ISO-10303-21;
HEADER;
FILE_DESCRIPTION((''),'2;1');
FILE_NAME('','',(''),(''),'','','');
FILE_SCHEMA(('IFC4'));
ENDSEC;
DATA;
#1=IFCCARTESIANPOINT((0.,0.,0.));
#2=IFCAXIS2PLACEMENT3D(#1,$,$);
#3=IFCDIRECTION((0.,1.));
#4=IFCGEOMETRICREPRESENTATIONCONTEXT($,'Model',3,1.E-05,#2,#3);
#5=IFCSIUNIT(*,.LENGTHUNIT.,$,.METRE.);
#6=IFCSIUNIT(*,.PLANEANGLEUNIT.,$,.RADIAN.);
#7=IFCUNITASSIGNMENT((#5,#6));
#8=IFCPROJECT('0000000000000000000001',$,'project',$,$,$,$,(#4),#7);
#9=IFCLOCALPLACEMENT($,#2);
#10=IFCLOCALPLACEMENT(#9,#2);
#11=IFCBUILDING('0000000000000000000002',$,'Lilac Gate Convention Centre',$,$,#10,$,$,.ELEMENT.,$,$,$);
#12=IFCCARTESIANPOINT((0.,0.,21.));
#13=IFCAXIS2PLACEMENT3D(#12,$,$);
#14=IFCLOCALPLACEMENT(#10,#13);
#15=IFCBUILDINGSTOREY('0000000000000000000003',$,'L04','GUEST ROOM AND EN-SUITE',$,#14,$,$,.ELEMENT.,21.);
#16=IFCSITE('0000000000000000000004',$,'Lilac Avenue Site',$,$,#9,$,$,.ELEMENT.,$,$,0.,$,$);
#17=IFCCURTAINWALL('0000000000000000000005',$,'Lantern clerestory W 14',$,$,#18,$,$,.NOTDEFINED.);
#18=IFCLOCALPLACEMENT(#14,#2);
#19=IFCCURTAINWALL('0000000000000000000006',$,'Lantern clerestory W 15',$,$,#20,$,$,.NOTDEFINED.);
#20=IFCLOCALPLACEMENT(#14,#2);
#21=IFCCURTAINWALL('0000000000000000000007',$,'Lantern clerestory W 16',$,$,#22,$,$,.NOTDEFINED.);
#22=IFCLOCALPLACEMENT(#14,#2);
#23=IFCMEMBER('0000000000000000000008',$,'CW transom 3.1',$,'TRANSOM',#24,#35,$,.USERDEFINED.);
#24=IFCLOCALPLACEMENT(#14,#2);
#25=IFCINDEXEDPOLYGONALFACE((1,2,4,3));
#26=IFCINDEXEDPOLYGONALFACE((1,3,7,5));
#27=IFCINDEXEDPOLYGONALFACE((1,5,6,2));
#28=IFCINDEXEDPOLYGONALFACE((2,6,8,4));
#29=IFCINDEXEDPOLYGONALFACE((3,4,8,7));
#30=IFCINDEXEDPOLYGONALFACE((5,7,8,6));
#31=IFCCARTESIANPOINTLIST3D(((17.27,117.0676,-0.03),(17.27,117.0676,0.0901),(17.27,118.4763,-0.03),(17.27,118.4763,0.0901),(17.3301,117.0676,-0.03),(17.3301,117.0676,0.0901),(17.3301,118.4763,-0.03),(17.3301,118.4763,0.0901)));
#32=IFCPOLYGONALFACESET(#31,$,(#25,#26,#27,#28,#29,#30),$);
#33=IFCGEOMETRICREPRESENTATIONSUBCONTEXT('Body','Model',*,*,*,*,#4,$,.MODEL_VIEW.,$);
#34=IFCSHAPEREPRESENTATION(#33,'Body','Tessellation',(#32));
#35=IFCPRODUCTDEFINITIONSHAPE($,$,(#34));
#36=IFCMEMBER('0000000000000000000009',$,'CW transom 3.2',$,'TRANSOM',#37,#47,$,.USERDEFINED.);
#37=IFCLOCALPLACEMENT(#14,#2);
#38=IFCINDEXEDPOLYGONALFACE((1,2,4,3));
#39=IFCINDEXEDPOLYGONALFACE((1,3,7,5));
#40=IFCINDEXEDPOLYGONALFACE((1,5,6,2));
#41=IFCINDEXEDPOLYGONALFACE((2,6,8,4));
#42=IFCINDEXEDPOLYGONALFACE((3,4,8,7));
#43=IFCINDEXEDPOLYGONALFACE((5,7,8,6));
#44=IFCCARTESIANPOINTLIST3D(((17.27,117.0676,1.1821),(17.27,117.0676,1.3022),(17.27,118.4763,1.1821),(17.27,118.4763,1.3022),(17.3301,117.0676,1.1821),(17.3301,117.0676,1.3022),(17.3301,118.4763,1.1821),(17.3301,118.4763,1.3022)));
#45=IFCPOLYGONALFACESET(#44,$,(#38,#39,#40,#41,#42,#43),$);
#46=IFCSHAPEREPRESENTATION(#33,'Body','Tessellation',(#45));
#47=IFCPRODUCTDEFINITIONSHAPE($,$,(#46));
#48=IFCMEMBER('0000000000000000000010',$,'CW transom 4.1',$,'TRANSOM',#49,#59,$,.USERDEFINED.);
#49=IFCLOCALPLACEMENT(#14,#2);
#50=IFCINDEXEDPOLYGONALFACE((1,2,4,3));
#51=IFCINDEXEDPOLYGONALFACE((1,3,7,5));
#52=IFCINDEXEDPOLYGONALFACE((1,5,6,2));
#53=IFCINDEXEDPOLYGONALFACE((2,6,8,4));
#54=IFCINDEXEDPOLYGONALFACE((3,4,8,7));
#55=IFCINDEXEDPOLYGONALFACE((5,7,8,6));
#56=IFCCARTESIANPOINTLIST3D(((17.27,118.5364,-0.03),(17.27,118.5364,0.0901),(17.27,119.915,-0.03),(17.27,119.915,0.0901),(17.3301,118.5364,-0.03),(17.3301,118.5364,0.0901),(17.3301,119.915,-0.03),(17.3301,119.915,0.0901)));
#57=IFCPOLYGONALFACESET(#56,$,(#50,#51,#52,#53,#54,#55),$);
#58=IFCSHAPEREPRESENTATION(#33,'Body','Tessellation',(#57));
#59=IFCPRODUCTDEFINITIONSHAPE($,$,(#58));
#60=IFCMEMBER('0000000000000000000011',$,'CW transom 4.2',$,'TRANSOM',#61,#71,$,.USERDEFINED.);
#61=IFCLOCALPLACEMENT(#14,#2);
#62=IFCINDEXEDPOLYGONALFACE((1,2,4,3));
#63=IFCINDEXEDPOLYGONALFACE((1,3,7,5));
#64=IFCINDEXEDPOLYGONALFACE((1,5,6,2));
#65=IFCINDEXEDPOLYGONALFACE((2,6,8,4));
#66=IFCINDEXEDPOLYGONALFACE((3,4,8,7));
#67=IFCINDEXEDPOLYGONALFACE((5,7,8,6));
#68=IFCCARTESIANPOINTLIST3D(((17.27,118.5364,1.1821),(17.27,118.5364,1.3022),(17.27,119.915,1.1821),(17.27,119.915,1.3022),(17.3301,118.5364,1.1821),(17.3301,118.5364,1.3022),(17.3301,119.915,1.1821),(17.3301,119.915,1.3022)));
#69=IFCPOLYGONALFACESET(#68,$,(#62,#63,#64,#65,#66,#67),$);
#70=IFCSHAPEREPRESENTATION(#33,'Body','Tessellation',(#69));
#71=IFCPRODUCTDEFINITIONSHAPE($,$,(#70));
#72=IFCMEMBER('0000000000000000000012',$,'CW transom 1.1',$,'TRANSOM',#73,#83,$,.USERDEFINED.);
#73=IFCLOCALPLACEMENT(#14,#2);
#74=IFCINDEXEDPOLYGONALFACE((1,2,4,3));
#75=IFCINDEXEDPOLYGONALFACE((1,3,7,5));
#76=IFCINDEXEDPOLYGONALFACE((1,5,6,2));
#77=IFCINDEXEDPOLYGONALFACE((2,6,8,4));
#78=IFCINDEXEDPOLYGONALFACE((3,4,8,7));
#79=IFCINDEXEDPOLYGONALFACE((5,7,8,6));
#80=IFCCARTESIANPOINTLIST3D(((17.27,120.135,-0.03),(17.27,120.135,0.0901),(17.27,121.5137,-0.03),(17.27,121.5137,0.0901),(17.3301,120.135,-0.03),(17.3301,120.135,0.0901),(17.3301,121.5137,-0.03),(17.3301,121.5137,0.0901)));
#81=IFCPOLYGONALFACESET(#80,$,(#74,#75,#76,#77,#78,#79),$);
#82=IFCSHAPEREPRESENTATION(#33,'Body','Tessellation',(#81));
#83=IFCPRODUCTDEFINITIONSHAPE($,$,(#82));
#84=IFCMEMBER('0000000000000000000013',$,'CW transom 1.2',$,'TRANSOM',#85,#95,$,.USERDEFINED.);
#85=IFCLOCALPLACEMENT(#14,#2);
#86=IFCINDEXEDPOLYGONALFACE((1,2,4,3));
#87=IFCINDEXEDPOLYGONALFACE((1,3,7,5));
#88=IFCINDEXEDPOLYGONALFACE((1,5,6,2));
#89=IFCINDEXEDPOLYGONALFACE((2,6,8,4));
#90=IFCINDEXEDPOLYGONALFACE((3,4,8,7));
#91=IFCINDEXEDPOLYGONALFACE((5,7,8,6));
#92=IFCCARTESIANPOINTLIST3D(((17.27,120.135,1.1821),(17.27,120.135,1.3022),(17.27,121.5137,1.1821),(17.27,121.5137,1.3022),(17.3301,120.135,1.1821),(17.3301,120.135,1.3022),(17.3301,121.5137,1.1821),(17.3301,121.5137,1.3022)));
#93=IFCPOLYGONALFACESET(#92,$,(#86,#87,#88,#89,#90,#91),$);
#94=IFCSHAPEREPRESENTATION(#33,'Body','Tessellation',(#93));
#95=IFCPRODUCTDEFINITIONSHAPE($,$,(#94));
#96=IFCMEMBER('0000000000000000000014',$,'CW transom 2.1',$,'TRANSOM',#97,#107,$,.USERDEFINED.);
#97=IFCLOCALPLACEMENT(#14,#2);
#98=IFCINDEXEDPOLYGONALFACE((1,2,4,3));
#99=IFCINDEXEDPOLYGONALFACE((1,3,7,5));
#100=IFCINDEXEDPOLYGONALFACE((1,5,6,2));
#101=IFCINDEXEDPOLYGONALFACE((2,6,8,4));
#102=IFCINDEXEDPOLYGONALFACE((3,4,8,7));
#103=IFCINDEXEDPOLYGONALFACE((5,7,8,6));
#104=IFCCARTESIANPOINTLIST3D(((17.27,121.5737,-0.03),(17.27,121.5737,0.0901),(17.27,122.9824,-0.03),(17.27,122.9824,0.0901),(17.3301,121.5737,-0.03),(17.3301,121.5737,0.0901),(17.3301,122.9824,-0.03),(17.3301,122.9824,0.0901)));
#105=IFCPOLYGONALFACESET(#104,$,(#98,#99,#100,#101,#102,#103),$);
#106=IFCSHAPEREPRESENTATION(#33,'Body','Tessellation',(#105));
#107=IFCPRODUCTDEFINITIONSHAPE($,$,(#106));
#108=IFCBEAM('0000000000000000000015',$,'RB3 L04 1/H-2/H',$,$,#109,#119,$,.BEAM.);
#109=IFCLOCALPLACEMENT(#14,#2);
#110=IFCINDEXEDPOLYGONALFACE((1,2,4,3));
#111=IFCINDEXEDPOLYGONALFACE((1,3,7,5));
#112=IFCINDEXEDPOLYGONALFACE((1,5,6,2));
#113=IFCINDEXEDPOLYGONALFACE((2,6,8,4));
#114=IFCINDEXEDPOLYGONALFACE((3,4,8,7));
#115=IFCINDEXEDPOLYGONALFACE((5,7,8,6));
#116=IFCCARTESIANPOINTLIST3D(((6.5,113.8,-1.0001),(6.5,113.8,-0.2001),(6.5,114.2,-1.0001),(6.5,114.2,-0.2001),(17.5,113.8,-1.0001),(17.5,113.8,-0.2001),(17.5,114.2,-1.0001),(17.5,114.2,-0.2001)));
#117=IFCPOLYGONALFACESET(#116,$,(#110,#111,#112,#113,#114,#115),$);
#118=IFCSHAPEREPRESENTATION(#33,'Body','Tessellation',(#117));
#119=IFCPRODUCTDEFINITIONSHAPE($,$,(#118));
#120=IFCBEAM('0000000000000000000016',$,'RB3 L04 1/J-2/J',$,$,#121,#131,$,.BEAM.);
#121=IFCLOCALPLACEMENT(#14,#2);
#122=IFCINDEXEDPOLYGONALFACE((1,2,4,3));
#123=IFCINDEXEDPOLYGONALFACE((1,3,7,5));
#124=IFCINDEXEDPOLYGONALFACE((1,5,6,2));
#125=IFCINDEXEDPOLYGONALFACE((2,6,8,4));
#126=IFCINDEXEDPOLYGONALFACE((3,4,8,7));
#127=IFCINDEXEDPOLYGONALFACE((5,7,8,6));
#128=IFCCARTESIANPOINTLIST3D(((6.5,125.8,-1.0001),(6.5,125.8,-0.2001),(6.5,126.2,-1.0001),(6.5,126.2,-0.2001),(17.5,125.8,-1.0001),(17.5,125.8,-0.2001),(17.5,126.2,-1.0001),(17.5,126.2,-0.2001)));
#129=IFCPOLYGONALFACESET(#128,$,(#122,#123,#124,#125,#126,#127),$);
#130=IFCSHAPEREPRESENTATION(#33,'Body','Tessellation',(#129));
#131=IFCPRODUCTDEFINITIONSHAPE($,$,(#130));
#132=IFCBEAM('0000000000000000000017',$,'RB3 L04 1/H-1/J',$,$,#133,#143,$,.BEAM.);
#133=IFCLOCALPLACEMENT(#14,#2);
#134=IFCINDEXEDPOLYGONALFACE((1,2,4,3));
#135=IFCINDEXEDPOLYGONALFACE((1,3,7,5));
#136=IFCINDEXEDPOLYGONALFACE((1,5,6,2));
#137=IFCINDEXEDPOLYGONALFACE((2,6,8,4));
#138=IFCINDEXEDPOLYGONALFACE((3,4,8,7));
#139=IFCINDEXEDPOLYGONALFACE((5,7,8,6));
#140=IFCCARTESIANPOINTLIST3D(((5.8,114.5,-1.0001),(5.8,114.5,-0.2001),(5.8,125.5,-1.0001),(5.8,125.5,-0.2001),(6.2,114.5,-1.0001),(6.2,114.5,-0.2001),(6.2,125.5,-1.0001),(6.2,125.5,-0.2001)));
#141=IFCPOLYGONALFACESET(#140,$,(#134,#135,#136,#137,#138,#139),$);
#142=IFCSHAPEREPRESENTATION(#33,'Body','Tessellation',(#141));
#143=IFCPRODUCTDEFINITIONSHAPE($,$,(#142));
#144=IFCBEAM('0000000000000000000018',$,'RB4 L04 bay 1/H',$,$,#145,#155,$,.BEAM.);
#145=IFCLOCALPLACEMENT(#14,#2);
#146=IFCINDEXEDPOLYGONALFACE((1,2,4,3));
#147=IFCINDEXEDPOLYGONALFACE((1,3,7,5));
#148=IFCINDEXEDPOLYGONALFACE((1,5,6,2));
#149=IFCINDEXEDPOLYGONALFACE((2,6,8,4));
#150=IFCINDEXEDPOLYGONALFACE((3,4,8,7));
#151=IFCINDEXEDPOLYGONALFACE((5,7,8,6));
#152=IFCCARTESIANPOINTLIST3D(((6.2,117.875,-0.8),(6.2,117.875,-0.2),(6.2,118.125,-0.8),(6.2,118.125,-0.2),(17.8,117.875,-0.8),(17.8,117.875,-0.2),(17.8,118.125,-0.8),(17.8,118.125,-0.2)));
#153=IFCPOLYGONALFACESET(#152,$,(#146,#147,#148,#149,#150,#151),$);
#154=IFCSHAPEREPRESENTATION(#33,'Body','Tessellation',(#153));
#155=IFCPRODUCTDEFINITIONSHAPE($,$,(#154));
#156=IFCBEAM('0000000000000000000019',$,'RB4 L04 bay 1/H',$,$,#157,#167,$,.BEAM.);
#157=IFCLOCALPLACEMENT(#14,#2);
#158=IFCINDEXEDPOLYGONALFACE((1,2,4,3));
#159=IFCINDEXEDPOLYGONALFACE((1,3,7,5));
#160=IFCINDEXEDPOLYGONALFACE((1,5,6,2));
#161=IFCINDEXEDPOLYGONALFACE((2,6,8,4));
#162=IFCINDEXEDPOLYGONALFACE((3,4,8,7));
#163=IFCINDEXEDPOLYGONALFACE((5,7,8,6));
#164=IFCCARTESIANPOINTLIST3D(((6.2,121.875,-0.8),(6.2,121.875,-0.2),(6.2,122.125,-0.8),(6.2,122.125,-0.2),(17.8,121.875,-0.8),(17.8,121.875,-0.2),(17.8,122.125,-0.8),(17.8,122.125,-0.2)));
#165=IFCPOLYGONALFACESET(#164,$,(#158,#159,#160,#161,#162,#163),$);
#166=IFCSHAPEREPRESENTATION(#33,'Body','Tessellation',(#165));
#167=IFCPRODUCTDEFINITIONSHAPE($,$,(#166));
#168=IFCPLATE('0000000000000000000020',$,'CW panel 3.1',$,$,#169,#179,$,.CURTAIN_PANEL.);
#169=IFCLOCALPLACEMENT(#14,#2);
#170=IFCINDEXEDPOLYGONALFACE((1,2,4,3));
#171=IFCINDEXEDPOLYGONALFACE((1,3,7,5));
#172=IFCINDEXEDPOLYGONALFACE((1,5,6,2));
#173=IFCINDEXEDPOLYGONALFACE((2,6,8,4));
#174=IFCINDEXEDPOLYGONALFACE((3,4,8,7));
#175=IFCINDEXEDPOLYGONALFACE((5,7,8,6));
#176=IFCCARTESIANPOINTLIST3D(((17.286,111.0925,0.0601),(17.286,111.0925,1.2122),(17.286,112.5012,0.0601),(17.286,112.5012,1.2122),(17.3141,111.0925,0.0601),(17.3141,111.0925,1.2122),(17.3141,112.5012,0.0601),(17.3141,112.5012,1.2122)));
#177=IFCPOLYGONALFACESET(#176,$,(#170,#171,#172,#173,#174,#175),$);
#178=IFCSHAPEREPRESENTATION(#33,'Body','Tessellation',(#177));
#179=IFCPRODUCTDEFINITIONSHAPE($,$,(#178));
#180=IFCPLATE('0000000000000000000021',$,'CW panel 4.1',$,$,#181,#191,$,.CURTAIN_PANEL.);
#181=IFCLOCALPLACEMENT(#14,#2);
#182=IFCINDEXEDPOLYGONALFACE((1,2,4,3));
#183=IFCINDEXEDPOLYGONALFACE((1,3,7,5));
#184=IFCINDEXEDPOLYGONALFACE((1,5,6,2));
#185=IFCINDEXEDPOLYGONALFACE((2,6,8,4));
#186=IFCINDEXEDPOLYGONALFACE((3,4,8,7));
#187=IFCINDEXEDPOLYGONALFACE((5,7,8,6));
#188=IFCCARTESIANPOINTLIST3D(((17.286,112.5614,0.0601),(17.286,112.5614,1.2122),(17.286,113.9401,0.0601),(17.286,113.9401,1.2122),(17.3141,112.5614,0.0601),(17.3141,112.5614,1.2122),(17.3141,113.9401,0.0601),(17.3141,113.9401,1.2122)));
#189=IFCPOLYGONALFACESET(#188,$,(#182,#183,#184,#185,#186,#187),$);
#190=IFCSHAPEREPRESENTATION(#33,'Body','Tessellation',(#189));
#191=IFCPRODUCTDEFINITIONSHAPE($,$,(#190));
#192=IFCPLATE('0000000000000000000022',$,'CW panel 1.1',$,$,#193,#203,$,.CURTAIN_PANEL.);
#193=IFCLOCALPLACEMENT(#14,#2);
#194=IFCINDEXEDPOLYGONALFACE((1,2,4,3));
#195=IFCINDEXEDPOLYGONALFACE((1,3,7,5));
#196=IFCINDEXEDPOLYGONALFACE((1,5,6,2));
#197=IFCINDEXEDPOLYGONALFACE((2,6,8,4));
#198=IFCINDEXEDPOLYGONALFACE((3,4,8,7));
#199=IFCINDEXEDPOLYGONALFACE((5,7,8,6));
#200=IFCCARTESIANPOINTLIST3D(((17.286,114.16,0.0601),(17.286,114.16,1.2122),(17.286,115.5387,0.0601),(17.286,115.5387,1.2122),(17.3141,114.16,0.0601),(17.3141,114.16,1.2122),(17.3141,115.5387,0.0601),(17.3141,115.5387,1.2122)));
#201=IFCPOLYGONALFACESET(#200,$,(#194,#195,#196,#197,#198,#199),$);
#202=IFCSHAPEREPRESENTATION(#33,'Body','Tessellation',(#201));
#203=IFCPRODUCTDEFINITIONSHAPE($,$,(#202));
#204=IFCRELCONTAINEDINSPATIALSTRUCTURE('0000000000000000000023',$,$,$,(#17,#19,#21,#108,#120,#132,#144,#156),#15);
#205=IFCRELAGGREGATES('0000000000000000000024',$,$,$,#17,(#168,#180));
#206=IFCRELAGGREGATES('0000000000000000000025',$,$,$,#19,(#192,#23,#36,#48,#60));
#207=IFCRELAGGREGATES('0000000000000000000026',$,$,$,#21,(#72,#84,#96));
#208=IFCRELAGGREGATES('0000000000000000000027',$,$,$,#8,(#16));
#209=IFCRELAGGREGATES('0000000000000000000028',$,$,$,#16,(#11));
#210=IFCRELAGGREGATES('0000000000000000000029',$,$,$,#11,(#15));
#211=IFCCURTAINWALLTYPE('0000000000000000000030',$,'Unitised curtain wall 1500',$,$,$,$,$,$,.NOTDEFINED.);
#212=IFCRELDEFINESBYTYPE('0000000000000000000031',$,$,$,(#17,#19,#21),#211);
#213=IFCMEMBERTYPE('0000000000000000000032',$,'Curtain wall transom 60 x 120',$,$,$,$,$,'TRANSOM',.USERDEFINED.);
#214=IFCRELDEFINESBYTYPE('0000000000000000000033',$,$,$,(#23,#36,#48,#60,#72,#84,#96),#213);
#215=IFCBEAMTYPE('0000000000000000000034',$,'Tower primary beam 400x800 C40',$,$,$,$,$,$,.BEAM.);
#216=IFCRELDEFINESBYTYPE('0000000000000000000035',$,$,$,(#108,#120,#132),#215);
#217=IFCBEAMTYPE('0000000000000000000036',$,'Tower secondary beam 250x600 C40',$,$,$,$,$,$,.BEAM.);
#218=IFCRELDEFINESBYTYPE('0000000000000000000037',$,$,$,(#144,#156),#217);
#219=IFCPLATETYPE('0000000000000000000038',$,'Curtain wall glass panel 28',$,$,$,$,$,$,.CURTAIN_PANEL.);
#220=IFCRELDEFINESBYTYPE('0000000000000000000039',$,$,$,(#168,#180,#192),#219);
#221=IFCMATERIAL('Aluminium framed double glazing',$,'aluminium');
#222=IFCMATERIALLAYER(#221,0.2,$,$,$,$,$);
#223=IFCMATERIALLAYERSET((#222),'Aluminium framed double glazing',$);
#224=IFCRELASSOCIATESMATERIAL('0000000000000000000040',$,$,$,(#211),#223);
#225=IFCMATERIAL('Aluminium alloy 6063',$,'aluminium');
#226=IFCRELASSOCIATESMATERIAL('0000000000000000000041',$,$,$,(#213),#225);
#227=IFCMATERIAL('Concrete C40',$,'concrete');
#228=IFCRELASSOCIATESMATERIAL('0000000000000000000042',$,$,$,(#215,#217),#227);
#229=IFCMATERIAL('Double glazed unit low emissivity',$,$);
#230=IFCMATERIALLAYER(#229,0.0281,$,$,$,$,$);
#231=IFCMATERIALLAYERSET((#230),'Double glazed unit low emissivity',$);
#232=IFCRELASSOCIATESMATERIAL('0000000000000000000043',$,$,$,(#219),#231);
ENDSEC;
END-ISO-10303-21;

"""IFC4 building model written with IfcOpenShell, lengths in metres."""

from ifc_helpers import new_model, si_unit, direction, frame, origin, origin_2d, place, context, subcontext, project, spatial, rectangle, extrude, material, layer, layer_set, material_profile, profile_set, type_object, element, aggregate, save


model = new_model("IFC4")

# Units and contexts
model_context = context("Model", 3, precision=1e-05, world=origin(), true_north=direction((0.0, 1.0)))
body_context = subcontext(model_context, "Body", "Model", "MODEL_VIEW")
ifc_project = project(units=[si_unit("LENGTHUNIT", "METRE"), si_unit("PLANEANGLEUNIT", "RADIAN")], contexts=[model_context])

# Site, building, storey
site_placement = place(None, origin())
site = spatial("IfcSite", under=ifc_project, at=site_placement, Name="Lilac Avenue Site", CompositionType="ELEMENT", RefElevation=0.0)
building_placement = place(site_placement, origin())
building = spatial("IfcBuilding", under=site, at=building_placement, Name="Lilac Gate Convention Centre", CompositionType="ELEMENT")
storey_placement = place(building_placement, frame((0.0, 0.0, 21.0)))
storey = spatial("IfcBuildingStorey", under=building, at=storey_placement, Name="L04", Description="GUEST ROOM AND EN-SUITE", CompositionType="ELEMENT", Elevation=21.0)

# Curtain walls
ifc_material_1 = material(Name="Aluminium framed double glazing", Category="aluminium")
ifc_layer_1 = layer(ifc_material_1, 0.2)
ifc_layer_set_1 = layer_set([ifc_layer_1], Name="Aluminium framed double glazing")
curtain_wall_type = type_object("IfcCurtainWallType", Name="Unitised curtain wall 1500", PredefinedType="NOTDEFINED", material=ifc_layer_set_1)
curtain_wall_1_placement = place(storey_placement, origin())
curtain_wall_1 = element("IfcCurtainWall", 1, at=curtain_wall_1_placement, inside=storey, type_object=curtain_wall_type, Name="Lantern clerestory W 14", PredefinedType="NOTDEFINED")
ifc_material_2 = material(Name="Aluminium alloy 6063", Category="aluminium")
curtain_wall_2_placement = place(storey_placement, origin())
curtain_wall_2 = element("IfcCurtainWall", 2, at=curtain_wall_2_placement, inside=storey, type_object=curtain_wall_type, Name="Lantern clerestory W 15", PredefinedType="NOTDEFINED")
curtain_wall_3_placement = place(storey_placement, origin())
curtain_wall_3 = element("IfcCurtainWall", 3, at=curtain_wall_3_placement, inside=storey, type_object=curtain_wall_type, Name="Lantern clerestory W 16", PredefinedType="NOTDEFINED")

# Members
ifc_material_profile_1 = material_profile(ifc_material_2, rectangle(XDim=0.0601, YDim=0.1201, at=origin_2d()), Name="Curtain wall transom 60 x 120")
ifc_profile_set_1 = profile_set([ifc_material_profile_1], Name="Aluminium alloy 6063")
member_type_1 = type_object("IfcMemberType", Name="Curtain wall transom 60 x 120", ElementType="TRANSOM", PredefinedType="USERDEFINED", material=ifc_profile_set_1)
member_1_placement = place(storey_placement, frame((17.3, 117.0676, 0.03), z_axis=(0.0, 1.0, 0.0), x_axis=(-1.0, 0.0, 0.0)))
member_1 = element("IfcMember", 4, at=member_1_placement, type_object=member_type_1, Name="CW transom 3.1", ObjectType="TRANSOM", PredefinedType="USERDEFINED", context=body_context, shape_type="SweptSolid", body=[
    extrude(rectangle(XDim=0.0601, YDim=0.1201, at=origin_2d()), origin(), (0.0, 0.0, 1.0), 1.4087),
])
member_2_placement = place(storey_placement, frame((17.3, 117.0676, 1.2422), z_axis=(0.0, 1.0, 0.0), x_axis=(-1.0, 0.0, 0.0)))
member_2 = element("IfcMember", 5, at=member_2_placement, type_object=member_type_1, Name="CW transom 3.2", ObjectType="TRANSOM", PredefinedType="USERDEFINED", context=body_context, shape_type="SweptSolid", body=[
    extrude(rectangle(XDim=0.0601, YDim=0.1201, at=origin_2d()), origin(), (0.0, 0.0, 1.0), 1.4087),
])
member_3_placement = place(storey_placement, frame((17.3, 118.5364, 0.03), z_axis=(0.0, 1.0, 0.0), x_axis=(-1.0, 0.0, 0.0)))
member_3 = element("IfcMember", 6, at=member_3_placement, type_object=member_type_1, Name="CW transom 4.1", ObjectType="TRANSOM", PredefinedType="USERDEFINED", context=body_context, shape_type="SweptSolid", body=[
    extrude(rectangle(XDim=0.0601, YDim=0.1201, at=origin_2d()), origin(), (0.0, 0.0, 1.0), 1.3787),
])
member_4_placement = place(storey_placement, frame((17.3, 118.5364, 1.2422), z_axis=(0.0, 1.0, 0.0), x_axis=(-1.0, 0.0, 0.0)))
member_4 = element("IfcMember", 7, at=member_4_placement, type_object=member_type_1, Name="CW transom 4.2", ObjectType="TRANSOM", PredefinedType="USERDEFINED", context=body_context, shape_type="SweptSolid", body=[
    extrude(rectangle(XDim=0.0601, YDim=0.1201, at=origin_2d()), origin(), (0.0, 0.0, 1.0), 1.3787),
])
member_5_placement = place(storey_placement, frame((17.3, 120.135, 0.03), z_axis=(0.0, 1.0, 0.0), x_axis=(-1.0, 0.0, 0.0)))
member_5 = element("IfcMember", 8, at=member_5_placement, type_object=member_type_1, Name="CW transom 1.1", ObjectType="TRANSOM", PredefinedType="USERDEFINED", context=body_context, shape_type="SweptSolid", body=[
    extrude(rectangle(XDim=0.0601, YDim=0.1201, at=origin_2d()), origin(), (0.0, 0.0, 1.0), 1.3787),
])
member_6_placement = place(storey_placement, frame((17.3, 120.135, 1.2422), z_axis=(0.0, 1.0, 0.0), x_axis=(-1.0, 0.0, 0.0)))
member_6 = element("IfcMember", 9, at=member_6_placement, type_object=member_type_1, Name="CW transom 1.2", ObjectType="TRANSOM", PredefinedType="USERDEFINED", context=body_context, shape_type="SweptSolid", body=[
    extrude(rectangle(XDim=0.0601, YDim=0.1201, at=origin_2d()), origin(), (0.0, 0.0, 1.0), 1.3787),
])
member_7_placement = place(storey_placement, frame((17.3, 121.5737, 0.03), z_axis=(0.0, 1.0, 0.0), x_axis=(-1.0, 0.0, 0.0)))
member_7 = element("IfcMember", 10, at=member_7_placement, type_object=member_type_1, Name="CW transom 2.1", ObjectType="TRANSOM", PredefinedType="USERDEFINED", context=body_context, shape_type="SweptSolid", body=[
    extrude(rectangle(XDim=0.0601, YDim=0.1201, at=origin_2d()), origin(), (0.0, 0.0, 1.0), 1.4087),
])

# Beams
ifc_material_3 = material(Name="Concrete C40", Category="concrete")
ifc_material_profile_2 = material_profile(ifc_material_3, rectangle(XDim=0.3999, YDim=0.8, at=origin_2d()), Name="RC 400x800")
ifc_profile_set_2 = profile_set([ifc_material_profile_2], Name="Concrete C40")
beam_type_1 = type_object("IfcBeamType", Name="Tower primary beam 400x800 C40", PredefinedType="BEAM", material=ifc_profile_set_2)
for number, where, z_axis, x_axis, name in (
    (11, (6.5, 114.0, -0.6001), (1.0, 0.0, 0.0), (0.0, 1.0, 0.0), "RB3 L04 1/H-2/H"),
    (12, (6.5, 126.0, -0.6001), (1.0, 0.0, 0.0), (0.0, 1.0, 0.0), "RB3 L04 1/J-2/J"),
    (13, (6.0, 114.5, -0.6001), (0.0, 1.0, 0.0), (-1.0, 0.0, 0.0), "RB3 L04 1/H-1/J"),
):
    element("IfcBeam", number, at=place(storey_placement, frame(where, z_axis=z_axis, x_axis=x_axis)), inside=storey, type_object=beam_type_1, Name=name, PredefinedType="BEAM", context=body_context, shape_type="SweptSolid", body=[
        extrude(rectangle(XDim=0.3999, YDim=0.8, at=origin_2d()), origin(), (0.0, 0.0, 1.0), 11.0),
    ])
ifc_material_profile_3 = material_profile(ifc_material_3, rectangle(XDim=0.25, YDim=0.6001, at=origin_2d()), Name="RC 250x600")
ifc_profile_set_3 = profile_set([ifc_material_profile_3], Name="Concrete C40")
beam_type_2 = type_object("IfcBeamType", Name="Tower secondary beam 250x600 C40", PredefinedType="BEAM", material=ifc_profile_set_3)
for number, where, z_axis, x_axis, name in (
    (14, (6.2, 118.0, -0.5), (1.0, 0.0, 0.0), (0.0, 1.0, 0.0), "RB4 L04 bay 1/H"),
    (15, (6.2, 122.0, -0.5), (1.0, 0.0, 0.0), (0.0, 1.0, 0.0), "RB4 L04 bay 1/H"),
):
    element("IfcBeam", number, at=place(storey_placement, frame(where, z_axis=z_axis, x_axis=x_axis)), inside=storey, type_object=beam_type_2, Name=name, PredefinedType="BEAM", context=body_context, shape_type="SweptSolid", body=[
        extrude(rectangle(XDim=0.25, YDim=0.6001, at=origin_2d()), origin(), (0.0, 0.0, 1.0), 11.6001),
    ])

# Plates
ifc_material_4 = material(Name="Double glazed unit low emissivity")
ifc_layer_2 = layer(ifc_material_4, 0.0281)
ifc_layer_set_2 = layer_set([ifc_layer_2], Name="Double glazed unit low emissivity")
plate_type = type_object("IfcPlateType", Name="Curtain wall glass panel 28", PredefinedType="CURTAIN_PANEL", material=ifc_layer_set_2)
plate_1_placement = place(storey_placement, frame((17.3, 111.7969, 0.0601), z_axis=(0.0, 0.0, 1.0), x_axis=(0.0, 1.0, 0.0)))
plate_1 = element("IfcPlate", 16, at=plate_1_placement, type_object=plate_type, Name="CW panel 3.1", PredefinedType="CURTAIN_PANEL", context=body_context, shape_type="SweptSolid", body=[
    extrude(rectangle(XDim=1.4087, YDim=0.0281, at=origin_2d()), origin(), (0.0, 0.0, 1.0), 1.1521),
])
plate_2_placement = place(storey_placement, frame((17.3, 113.2507, 0.0601), z_axis=(0.0, 0.0, 1.0), x_axis=(0.0, 1.0, 0.0)))
plate_2 = element("IfcPlate", 17, at=plate_2_placement, type_object=plate_type, Name="CW panel 4.1", PredefinedType="CURTAIN_PANEL", context=body_context, shape_type="SweptSolid", body=[
    extrude(rectangle(XDim=1.3787, YDim=0.0281, at=origin_2d()), origin(), (0.0, 0.0, 1.0), 1.1521),
])
aggregate(curtain_wall_1, [plate_1, plate_2])
plate_3_placement = place(storey_placement, frame((17.3, 114.8494, 0.0601), z_axis=(0.0, 0.0, 1.0), x_axis=(0.0, 1.0, 0.0)))
plate_3 = element("IfcPlate", 18, at=plate_3_placement, type_object=plate_type, Name="CW panel 1.1", PredefinedType="CURTAIN_PANEL", context=body_context, shape_type="SweptSolid", body=[
    extrude(rectangle(XDim=1.3787, YDim=0.0281, at=origin_2d()), origin(), (0.0, 0.0, 1.0), 1.1521),
])
aggregate(curtain_wall_2, [plate_3, member_1, member_2, member_3, member_4])
aggregate(curtain_wall_3, [member_5, member_6, member_7])

save(model, "model.ifc")
